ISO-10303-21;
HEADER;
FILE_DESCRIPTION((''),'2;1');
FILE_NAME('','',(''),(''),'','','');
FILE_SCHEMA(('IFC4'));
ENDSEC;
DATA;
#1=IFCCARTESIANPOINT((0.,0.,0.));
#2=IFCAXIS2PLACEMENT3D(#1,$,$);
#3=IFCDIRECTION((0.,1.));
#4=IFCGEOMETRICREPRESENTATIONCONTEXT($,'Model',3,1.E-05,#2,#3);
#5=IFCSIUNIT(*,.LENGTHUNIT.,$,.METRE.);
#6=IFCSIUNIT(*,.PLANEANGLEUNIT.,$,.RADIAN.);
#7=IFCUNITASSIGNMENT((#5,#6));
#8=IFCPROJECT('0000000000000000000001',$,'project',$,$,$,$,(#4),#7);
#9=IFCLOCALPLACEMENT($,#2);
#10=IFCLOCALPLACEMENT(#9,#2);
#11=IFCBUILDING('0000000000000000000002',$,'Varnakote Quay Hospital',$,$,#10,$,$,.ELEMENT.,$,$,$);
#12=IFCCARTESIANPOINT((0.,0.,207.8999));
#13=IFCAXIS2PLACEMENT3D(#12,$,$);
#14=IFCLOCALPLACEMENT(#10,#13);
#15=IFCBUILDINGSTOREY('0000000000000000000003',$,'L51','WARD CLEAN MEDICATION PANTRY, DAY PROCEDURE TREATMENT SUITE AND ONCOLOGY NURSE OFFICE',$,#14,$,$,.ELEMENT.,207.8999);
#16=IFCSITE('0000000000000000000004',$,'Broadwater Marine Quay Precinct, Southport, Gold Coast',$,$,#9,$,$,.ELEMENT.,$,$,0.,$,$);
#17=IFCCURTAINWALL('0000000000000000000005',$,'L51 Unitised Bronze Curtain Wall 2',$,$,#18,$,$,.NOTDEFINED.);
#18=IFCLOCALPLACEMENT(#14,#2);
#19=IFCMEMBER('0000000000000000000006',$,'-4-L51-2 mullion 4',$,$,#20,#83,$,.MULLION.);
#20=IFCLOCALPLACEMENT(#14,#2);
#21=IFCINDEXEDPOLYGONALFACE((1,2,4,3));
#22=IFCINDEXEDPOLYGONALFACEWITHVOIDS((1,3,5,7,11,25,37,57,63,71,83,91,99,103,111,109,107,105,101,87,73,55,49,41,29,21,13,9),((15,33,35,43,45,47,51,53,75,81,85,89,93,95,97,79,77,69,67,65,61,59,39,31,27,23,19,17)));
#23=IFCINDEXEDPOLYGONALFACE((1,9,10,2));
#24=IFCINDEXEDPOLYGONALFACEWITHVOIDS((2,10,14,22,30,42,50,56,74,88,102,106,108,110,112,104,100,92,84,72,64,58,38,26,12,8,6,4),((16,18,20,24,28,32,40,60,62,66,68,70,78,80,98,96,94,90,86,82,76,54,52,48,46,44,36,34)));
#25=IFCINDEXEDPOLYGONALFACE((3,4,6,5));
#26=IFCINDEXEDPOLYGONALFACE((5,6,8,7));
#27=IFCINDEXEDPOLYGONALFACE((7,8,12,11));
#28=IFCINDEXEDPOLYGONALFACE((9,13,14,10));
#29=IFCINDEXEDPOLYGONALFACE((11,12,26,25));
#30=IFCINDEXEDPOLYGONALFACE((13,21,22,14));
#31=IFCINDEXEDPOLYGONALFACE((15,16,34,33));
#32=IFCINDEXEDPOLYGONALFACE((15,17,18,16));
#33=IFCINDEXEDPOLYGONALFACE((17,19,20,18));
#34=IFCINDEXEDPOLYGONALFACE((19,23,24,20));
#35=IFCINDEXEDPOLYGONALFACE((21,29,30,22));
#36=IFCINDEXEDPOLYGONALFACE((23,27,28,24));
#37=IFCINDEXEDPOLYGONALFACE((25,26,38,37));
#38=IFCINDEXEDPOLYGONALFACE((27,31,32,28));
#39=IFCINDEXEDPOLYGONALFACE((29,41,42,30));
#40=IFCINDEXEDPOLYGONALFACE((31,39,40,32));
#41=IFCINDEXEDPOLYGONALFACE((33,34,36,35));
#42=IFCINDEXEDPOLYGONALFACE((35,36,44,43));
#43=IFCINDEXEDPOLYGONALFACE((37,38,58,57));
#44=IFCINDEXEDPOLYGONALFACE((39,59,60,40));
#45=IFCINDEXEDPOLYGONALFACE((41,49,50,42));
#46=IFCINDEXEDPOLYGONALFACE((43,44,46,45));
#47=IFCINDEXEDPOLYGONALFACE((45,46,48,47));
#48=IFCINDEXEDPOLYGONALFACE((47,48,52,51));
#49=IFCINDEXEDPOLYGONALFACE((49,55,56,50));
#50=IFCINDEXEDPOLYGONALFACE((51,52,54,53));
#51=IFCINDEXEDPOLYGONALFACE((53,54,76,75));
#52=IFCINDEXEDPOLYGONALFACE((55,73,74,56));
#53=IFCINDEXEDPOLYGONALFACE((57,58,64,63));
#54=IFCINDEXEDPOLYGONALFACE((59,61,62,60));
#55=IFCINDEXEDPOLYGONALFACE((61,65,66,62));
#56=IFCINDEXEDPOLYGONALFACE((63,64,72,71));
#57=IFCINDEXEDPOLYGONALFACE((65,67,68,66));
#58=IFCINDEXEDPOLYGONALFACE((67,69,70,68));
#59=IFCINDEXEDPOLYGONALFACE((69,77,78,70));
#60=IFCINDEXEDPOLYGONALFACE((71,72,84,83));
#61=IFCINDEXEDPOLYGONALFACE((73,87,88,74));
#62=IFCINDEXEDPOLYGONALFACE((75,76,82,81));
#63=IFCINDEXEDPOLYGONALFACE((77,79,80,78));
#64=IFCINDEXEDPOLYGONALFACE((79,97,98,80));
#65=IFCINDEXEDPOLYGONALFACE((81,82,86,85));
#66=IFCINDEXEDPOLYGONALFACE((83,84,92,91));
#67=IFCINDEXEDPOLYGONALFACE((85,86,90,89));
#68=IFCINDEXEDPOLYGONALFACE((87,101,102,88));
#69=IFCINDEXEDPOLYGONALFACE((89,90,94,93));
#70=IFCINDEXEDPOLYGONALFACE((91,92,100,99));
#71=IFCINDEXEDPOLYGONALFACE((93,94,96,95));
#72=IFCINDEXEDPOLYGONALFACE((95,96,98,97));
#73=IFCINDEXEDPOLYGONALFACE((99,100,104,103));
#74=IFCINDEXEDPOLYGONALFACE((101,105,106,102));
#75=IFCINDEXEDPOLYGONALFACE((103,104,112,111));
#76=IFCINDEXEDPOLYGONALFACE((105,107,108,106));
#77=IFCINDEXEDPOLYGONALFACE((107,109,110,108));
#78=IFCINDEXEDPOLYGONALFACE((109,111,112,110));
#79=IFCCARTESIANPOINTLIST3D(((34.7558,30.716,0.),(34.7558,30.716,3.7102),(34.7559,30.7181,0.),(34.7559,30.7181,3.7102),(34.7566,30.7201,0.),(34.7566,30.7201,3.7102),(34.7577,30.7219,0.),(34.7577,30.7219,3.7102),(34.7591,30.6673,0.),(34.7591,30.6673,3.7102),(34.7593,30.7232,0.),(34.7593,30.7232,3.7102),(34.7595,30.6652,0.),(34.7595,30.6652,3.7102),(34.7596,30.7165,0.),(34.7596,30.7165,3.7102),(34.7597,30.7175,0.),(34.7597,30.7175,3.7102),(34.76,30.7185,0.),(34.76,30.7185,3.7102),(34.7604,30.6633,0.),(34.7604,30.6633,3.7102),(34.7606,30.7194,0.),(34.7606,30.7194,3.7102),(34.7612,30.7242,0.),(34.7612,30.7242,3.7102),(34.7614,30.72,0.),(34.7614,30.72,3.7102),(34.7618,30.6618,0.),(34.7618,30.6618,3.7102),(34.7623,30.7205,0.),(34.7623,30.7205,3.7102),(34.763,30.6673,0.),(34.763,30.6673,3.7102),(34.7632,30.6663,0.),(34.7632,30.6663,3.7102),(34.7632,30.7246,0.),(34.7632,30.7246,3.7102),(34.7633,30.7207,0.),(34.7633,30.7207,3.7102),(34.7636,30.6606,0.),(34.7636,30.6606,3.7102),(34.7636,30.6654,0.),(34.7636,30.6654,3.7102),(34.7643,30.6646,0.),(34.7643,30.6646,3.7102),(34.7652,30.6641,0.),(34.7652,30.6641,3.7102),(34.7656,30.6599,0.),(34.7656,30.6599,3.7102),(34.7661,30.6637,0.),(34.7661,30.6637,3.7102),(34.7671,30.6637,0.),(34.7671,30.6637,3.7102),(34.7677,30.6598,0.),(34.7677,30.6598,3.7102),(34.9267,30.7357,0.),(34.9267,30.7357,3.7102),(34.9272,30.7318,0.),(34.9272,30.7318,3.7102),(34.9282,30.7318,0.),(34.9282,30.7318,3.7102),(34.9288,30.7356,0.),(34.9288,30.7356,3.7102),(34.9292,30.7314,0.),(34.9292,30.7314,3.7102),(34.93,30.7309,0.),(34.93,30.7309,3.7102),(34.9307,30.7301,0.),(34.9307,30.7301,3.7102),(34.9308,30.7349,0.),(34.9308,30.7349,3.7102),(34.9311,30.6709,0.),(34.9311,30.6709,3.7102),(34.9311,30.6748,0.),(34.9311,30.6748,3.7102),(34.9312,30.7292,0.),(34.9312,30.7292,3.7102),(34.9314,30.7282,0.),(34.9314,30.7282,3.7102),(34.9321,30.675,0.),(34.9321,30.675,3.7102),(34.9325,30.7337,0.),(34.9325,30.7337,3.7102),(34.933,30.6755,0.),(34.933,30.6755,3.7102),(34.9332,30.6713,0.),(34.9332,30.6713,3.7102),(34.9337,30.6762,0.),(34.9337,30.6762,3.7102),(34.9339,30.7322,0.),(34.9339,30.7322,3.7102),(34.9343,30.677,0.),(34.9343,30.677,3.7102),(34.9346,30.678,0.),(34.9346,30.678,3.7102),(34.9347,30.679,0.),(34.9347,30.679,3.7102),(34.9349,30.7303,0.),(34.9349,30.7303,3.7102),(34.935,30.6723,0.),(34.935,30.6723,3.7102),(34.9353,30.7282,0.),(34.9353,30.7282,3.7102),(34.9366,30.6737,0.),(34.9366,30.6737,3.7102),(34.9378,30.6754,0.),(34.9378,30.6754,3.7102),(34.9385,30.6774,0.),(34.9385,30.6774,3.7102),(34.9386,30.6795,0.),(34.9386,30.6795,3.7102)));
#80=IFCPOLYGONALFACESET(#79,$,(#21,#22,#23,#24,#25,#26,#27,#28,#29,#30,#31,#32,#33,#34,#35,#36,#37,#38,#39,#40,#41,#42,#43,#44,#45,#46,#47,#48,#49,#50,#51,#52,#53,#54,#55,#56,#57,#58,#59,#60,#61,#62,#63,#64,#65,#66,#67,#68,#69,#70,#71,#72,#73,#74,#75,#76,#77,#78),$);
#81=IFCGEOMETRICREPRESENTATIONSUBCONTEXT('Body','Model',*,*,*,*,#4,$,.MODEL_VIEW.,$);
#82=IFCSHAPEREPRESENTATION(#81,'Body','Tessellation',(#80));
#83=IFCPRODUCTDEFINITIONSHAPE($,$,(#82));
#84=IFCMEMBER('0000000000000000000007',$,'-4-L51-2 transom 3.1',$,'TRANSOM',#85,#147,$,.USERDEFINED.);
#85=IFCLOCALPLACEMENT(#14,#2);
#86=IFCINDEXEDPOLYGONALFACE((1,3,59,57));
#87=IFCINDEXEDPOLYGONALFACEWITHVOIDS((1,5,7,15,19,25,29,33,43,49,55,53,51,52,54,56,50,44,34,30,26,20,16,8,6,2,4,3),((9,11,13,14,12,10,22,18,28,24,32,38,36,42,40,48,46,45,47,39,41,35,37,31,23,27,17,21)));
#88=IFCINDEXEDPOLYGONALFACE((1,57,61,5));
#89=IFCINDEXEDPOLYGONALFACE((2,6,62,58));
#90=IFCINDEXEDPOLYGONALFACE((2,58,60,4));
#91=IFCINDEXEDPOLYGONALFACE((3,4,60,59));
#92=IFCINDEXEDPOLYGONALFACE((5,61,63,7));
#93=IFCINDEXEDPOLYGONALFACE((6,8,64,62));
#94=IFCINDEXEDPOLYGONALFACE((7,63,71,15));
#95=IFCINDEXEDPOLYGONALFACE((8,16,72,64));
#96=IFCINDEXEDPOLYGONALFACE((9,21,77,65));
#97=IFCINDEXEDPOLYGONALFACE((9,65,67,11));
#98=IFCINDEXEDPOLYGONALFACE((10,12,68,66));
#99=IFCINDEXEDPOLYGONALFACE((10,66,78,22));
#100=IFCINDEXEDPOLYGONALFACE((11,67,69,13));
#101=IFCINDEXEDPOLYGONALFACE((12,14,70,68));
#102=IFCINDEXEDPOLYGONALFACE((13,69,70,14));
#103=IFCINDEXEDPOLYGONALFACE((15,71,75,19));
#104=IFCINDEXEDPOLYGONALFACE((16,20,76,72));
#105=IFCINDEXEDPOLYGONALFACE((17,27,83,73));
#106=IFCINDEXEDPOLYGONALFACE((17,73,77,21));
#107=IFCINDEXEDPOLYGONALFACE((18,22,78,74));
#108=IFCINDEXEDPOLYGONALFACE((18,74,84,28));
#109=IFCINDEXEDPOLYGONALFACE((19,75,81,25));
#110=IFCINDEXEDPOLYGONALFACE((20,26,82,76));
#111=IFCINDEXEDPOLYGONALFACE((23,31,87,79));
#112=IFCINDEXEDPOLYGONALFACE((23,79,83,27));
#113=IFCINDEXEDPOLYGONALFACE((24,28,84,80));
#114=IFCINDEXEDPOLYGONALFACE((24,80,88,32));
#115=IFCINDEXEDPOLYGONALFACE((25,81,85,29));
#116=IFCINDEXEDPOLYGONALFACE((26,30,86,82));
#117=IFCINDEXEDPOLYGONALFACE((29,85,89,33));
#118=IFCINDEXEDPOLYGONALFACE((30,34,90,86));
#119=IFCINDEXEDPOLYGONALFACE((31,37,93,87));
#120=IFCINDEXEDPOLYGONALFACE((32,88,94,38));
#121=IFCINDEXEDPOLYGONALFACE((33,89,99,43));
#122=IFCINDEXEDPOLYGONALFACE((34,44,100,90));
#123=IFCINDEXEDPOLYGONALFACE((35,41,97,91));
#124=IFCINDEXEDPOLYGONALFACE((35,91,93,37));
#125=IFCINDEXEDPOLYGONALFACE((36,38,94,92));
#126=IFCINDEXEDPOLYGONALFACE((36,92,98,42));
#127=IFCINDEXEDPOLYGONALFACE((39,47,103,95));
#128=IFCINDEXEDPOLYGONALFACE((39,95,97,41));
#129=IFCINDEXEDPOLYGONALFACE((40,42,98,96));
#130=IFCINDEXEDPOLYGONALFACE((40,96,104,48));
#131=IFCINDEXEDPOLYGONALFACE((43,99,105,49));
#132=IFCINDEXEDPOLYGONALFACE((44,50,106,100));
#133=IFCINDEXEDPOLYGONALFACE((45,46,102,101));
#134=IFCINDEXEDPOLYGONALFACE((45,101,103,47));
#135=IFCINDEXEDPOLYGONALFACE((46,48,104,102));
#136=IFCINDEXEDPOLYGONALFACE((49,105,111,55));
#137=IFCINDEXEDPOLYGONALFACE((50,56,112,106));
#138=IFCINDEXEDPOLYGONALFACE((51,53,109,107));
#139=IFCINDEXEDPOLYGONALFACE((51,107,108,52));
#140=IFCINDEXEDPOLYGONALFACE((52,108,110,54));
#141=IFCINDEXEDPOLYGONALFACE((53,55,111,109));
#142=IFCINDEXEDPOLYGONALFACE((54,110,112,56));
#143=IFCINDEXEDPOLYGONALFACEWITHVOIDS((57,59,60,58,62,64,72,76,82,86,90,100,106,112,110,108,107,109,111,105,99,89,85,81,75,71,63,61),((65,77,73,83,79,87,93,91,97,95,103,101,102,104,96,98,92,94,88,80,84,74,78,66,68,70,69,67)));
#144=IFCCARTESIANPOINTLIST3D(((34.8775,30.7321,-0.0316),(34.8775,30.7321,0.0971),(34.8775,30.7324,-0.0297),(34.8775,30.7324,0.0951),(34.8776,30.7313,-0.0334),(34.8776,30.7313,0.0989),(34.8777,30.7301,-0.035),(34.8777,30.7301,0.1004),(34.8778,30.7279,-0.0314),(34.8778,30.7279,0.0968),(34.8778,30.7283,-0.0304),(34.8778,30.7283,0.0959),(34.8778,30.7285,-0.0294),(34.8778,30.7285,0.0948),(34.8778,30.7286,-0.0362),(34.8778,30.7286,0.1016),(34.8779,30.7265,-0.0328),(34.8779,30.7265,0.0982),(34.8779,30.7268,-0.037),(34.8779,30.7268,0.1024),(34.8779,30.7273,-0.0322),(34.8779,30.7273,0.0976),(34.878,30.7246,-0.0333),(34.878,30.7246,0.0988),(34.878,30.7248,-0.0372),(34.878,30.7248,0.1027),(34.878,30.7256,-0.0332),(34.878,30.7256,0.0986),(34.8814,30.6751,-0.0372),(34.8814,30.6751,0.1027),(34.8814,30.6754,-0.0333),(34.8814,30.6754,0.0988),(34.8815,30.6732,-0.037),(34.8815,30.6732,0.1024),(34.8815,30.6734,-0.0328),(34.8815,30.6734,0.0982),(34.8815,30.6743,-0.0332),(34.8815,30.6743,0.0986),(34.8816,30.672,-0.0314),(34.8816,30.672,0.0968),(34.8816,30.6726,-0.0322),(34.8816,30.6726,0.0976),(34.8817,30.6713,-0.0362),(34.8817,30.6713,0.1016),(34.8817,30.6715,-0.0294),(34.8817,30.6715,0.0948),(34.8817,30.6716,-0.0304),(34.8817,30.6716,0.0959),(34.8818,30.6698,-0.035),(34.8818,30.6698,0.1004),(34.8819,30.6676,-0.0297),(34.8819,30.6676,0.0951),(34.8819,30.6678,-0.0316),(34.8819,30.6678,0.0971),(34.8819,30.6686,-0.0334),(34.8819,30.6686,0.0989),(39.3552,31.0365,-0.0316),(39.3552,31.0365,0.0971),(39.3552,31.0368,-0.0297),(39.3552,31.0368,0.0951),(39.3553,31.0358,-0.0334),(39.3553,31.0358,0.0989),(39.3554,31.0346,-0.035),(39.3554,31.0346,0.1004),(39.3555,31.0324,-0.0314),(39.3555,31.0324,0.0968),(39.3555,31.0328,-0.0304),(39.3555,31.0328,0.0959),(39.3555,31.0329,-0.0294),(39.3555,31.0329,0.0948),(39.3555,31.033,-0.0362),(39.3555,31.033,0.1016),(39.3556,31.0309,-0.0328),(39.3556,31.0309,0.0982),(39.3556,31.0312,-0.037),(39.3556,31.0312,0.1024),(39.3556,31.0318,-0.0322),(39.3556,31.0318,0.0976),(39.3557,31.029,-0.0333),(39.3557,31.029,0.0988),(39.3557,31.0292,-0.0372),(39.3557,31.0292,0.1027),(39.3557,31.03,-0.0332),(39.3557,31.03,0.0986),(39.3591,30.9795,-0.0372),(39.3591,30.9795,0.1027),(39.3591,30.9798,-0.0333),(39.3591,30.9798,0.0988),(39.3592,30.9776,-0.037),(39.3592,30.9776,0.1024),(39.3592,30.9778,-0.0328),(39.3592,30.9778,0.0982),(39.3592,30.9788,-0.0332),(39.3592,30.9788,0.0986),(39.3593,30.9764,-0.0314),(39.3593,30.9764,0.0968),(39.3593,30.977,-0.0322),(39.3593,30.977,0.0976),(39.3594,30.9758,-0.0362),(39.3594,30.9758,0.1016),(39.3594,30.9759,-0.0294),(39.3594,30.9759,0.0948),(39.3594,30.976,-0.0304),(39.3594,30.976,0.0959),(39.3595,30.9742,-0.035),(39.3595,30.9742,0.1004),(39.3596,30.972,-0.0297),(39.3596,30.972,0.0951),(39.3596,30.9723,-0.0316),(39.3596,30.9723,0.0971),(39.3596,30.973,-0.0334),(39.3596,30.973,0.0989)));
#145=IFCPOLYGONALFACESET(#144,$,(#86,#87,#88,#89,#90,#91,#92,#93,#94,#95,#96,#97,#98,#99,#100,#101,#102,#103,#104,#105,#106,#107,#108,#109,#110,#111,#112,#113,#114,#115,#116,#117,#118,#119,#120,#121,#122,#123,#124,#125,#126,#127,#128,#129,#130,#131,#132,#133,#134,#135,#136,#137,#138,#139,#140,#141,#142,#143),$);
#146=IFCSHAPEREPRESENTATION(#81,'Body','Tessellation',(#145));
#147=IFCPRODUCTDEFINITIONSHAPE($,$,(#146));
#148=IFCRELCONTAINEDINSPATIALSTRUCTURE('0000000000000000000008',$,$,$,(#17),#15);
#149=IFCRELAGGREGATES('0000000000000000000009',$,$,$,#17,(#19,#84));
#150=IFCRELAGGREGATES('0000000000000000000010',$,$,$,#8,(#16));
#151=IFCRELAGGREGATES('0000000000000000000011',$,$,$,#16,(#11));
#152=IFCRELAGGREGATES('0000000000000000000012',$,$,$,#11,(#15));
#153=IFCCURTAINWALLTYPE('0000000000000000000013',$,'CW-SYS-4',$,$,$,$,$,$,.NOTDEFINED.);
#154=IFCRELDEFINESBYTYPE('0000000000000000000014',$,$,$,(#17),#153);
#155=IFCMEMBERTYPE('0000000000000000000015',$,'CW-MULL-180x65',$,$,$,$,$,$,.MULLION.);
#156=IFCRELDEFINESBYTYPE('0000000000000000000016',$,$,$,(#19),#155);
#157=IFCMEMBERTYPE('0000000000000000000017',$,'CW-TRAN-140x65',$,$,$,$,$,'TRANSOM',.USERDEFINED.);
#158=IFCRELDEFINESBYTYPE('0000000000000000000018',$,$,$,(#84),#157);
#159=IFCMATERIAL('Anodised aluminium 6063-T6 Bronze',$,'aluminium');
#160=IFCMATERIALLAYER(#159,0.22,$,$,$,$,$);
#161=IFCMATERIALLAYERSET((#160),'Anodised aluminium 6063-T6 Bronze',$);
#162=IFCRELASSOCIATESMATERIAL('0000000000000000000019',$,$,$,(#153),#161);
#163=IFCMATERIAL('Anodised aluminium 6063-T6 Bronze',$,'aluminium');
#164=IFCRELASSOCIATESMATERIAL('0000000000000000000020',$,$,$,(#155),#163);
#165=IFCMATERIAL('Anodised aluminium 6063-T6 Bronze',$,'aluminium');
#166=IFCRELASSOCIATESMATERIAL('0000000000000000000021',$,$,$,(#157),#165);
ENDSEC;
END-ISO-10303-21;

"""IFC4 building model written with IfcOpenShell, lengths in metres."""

from ifc_helpers import new_model, si_unit, direction, frame, origin, origin_2d, place, context, subcontext, project, spatial, hollow_rectangle, extrude, material, layer, layer_set, material_profile, profile_set, type_object, element, aggregate, save


model = new_model("IFC4")

# Units and contexts
model_context = context("Model", 3, precision=1e-05, world=origin(), true_north=direction((0.0, 1.0)))
body_context = subcontext(model_context, "Body", "Model", "MODEL_VIEW")
ifc_project = project(units=[si_unit("LENGTHUNIT", "METRE"), si_unit("PLANEANGLEUNIT", "RADIAN")], contexts=[model_context])

# Site, building, storey
site_placement = place(None, origin())
site = spatial("IfcSite", under=ifc_project, at=site_placement, Name="Broadwater Marine Quay Precinct, Southport, Gold Coast", CompositionType="ELEMENT", RefElevation=0.0)
building_placement = place(site_placement, origin())
building = spatial("IfcBuilding", under=site, at=building_placement, Name="Varnakote Quay Hospital", CompositionType="ELEMENT")
storey_placement = place(building_placement, frame((0.0, 0.0, 207.8999)))
storey = spatial("IfcBuildingStorey", under=building, at=storey_placement, Name="L51", Description="WARD CLEAN MEDICATION PANTRY, DAY PROCEDURE TREATMENT SUITE AND ONCOLOGY NURSE OFFICE", CompositionType="ELEMENT", Elevation=207.8999)

# Curtain wall, members
ifc_material_1 = material(Name="Anodised aluminium 6063-T6 Bronze", Category="aluminium")
ifc_layer_1 = layer(ifc_material_1, 0.22)
ifc_layer_set_1 = layer_set([ifc_layer_1], Name="Anodised aluminium 6063-T6 Bronze")
curtain_wall_type = type_object("IfcCurtainWallType", Name="CW-SYS-4", PredefinedType="NOTDEFINED", material=ifc_layer_set_1)
curtain_wall_placement = place(storey_placement, origin())
curtain_wall = element("IfcCurtainWall", 1, at=curtain_wall_placement, inside=storey, type_object=curtain_wall_type, Name="L51 Unitised Bronze Curtain Wall 2", PredefinedType="NOTDEFINED")
ifc_material_2 = material(Name="Anodised aluminium 6063-T6 Bronze", Category="aluminium")
ifc_material_profile_1 = material_profile(ifc_material_2, hollow_rectangle(XDim=0.0649, YDim=0.1799, WallThickness=0.0039, InnerFilletRadius=0.0039, OuterFilletRadius=0.0081, at=origin_2d()), Name="CW-MULL-180x65")
ifc_profile_set_1 = profile_set([ifc_material_profile_1], Name="Anodised aluminium 6063-T6 Bronze")
member_type_1 = type_object("IfcMemberType", Name="CW-MULL-180x65", PredefinedType="MULLION", material=ifc_profile_set_1)
member_1_placement = place(storey_placement, frame((34.8472, 30.6978, 0.0), z_axis=(0.0, 0.0, 1.0), x_axis=(0.067842, -0.997696, 0.0)))
member_1 = element("IfcMember", 2, at=member_1_placement, type_object=member_type_1, Name="-4-L51-2 mullion 4", PredefinedType="MULLION", context=body_context, shape_type="SweptSolid", body=[
    extrude(hollow_rectangle(XDim=0.0649, YDim=0.1799, WallThickness=0.0039, InnerFilletRadius=0.0039, OuterFilletRadius=0.0081, at=origin_2d()), origin(), (0.0, 0.0, 1.0), 3.7102),
])
ifc_material_3 = material(Name="Anodised aluminium 6063-T6 Bronze", Category="aluminium")
ifc_material_profile_2 = material_profile(ifc_material_3, hollow_rectangle(XDim=0.0649, YDim=0.1399, WallThickness=0.0039, InnerFilletRadius=0.0039, OuterFilletRadius=0.0076, at=origin_2d()), Name="CW-TRAN-140x65")
ifc_profile_set_2 = profile_set([ifc_material_profile_2], Name="Anodised aluminium 6063-T6 Bronze")
member_type_2 = type_object("IfcMemberType", Name="CW-TRAN-140x65", ElementType="TRANSOM", PredefinedType="USERDEFINED", material=ifc_profile_set_2)
member_2_placement = place(storey_placement, frame((39.3574, 31.0044, 0.0327), z_axis=(-0.997697, -0.067833, 0.0), x_axis=(0.067833, -0.997697, 0.0)))
member_2 = element("IfcMember", 3, at=member_2_placement, type_object=member_type_2, Name="-4-L51-2 transom 3.1", ObjectType="TRANSOM", PredefinedType="USERDEFINED", context=body_context, shape_type="SweptSolid", body=[
    extrude(hollow_rectangle(XDim=0.0649, YDim=0.1399, WallThickness=0.0039, InnerFilletRadius=0.0039, OuterFilletRadius=0.0076, at=origin_2d()), origin(), (0.0, 0.0, 1.0), 4.488),
])
aggregate(curtain_wall, [member_1, member_2])

save(model, "model.ifc")
